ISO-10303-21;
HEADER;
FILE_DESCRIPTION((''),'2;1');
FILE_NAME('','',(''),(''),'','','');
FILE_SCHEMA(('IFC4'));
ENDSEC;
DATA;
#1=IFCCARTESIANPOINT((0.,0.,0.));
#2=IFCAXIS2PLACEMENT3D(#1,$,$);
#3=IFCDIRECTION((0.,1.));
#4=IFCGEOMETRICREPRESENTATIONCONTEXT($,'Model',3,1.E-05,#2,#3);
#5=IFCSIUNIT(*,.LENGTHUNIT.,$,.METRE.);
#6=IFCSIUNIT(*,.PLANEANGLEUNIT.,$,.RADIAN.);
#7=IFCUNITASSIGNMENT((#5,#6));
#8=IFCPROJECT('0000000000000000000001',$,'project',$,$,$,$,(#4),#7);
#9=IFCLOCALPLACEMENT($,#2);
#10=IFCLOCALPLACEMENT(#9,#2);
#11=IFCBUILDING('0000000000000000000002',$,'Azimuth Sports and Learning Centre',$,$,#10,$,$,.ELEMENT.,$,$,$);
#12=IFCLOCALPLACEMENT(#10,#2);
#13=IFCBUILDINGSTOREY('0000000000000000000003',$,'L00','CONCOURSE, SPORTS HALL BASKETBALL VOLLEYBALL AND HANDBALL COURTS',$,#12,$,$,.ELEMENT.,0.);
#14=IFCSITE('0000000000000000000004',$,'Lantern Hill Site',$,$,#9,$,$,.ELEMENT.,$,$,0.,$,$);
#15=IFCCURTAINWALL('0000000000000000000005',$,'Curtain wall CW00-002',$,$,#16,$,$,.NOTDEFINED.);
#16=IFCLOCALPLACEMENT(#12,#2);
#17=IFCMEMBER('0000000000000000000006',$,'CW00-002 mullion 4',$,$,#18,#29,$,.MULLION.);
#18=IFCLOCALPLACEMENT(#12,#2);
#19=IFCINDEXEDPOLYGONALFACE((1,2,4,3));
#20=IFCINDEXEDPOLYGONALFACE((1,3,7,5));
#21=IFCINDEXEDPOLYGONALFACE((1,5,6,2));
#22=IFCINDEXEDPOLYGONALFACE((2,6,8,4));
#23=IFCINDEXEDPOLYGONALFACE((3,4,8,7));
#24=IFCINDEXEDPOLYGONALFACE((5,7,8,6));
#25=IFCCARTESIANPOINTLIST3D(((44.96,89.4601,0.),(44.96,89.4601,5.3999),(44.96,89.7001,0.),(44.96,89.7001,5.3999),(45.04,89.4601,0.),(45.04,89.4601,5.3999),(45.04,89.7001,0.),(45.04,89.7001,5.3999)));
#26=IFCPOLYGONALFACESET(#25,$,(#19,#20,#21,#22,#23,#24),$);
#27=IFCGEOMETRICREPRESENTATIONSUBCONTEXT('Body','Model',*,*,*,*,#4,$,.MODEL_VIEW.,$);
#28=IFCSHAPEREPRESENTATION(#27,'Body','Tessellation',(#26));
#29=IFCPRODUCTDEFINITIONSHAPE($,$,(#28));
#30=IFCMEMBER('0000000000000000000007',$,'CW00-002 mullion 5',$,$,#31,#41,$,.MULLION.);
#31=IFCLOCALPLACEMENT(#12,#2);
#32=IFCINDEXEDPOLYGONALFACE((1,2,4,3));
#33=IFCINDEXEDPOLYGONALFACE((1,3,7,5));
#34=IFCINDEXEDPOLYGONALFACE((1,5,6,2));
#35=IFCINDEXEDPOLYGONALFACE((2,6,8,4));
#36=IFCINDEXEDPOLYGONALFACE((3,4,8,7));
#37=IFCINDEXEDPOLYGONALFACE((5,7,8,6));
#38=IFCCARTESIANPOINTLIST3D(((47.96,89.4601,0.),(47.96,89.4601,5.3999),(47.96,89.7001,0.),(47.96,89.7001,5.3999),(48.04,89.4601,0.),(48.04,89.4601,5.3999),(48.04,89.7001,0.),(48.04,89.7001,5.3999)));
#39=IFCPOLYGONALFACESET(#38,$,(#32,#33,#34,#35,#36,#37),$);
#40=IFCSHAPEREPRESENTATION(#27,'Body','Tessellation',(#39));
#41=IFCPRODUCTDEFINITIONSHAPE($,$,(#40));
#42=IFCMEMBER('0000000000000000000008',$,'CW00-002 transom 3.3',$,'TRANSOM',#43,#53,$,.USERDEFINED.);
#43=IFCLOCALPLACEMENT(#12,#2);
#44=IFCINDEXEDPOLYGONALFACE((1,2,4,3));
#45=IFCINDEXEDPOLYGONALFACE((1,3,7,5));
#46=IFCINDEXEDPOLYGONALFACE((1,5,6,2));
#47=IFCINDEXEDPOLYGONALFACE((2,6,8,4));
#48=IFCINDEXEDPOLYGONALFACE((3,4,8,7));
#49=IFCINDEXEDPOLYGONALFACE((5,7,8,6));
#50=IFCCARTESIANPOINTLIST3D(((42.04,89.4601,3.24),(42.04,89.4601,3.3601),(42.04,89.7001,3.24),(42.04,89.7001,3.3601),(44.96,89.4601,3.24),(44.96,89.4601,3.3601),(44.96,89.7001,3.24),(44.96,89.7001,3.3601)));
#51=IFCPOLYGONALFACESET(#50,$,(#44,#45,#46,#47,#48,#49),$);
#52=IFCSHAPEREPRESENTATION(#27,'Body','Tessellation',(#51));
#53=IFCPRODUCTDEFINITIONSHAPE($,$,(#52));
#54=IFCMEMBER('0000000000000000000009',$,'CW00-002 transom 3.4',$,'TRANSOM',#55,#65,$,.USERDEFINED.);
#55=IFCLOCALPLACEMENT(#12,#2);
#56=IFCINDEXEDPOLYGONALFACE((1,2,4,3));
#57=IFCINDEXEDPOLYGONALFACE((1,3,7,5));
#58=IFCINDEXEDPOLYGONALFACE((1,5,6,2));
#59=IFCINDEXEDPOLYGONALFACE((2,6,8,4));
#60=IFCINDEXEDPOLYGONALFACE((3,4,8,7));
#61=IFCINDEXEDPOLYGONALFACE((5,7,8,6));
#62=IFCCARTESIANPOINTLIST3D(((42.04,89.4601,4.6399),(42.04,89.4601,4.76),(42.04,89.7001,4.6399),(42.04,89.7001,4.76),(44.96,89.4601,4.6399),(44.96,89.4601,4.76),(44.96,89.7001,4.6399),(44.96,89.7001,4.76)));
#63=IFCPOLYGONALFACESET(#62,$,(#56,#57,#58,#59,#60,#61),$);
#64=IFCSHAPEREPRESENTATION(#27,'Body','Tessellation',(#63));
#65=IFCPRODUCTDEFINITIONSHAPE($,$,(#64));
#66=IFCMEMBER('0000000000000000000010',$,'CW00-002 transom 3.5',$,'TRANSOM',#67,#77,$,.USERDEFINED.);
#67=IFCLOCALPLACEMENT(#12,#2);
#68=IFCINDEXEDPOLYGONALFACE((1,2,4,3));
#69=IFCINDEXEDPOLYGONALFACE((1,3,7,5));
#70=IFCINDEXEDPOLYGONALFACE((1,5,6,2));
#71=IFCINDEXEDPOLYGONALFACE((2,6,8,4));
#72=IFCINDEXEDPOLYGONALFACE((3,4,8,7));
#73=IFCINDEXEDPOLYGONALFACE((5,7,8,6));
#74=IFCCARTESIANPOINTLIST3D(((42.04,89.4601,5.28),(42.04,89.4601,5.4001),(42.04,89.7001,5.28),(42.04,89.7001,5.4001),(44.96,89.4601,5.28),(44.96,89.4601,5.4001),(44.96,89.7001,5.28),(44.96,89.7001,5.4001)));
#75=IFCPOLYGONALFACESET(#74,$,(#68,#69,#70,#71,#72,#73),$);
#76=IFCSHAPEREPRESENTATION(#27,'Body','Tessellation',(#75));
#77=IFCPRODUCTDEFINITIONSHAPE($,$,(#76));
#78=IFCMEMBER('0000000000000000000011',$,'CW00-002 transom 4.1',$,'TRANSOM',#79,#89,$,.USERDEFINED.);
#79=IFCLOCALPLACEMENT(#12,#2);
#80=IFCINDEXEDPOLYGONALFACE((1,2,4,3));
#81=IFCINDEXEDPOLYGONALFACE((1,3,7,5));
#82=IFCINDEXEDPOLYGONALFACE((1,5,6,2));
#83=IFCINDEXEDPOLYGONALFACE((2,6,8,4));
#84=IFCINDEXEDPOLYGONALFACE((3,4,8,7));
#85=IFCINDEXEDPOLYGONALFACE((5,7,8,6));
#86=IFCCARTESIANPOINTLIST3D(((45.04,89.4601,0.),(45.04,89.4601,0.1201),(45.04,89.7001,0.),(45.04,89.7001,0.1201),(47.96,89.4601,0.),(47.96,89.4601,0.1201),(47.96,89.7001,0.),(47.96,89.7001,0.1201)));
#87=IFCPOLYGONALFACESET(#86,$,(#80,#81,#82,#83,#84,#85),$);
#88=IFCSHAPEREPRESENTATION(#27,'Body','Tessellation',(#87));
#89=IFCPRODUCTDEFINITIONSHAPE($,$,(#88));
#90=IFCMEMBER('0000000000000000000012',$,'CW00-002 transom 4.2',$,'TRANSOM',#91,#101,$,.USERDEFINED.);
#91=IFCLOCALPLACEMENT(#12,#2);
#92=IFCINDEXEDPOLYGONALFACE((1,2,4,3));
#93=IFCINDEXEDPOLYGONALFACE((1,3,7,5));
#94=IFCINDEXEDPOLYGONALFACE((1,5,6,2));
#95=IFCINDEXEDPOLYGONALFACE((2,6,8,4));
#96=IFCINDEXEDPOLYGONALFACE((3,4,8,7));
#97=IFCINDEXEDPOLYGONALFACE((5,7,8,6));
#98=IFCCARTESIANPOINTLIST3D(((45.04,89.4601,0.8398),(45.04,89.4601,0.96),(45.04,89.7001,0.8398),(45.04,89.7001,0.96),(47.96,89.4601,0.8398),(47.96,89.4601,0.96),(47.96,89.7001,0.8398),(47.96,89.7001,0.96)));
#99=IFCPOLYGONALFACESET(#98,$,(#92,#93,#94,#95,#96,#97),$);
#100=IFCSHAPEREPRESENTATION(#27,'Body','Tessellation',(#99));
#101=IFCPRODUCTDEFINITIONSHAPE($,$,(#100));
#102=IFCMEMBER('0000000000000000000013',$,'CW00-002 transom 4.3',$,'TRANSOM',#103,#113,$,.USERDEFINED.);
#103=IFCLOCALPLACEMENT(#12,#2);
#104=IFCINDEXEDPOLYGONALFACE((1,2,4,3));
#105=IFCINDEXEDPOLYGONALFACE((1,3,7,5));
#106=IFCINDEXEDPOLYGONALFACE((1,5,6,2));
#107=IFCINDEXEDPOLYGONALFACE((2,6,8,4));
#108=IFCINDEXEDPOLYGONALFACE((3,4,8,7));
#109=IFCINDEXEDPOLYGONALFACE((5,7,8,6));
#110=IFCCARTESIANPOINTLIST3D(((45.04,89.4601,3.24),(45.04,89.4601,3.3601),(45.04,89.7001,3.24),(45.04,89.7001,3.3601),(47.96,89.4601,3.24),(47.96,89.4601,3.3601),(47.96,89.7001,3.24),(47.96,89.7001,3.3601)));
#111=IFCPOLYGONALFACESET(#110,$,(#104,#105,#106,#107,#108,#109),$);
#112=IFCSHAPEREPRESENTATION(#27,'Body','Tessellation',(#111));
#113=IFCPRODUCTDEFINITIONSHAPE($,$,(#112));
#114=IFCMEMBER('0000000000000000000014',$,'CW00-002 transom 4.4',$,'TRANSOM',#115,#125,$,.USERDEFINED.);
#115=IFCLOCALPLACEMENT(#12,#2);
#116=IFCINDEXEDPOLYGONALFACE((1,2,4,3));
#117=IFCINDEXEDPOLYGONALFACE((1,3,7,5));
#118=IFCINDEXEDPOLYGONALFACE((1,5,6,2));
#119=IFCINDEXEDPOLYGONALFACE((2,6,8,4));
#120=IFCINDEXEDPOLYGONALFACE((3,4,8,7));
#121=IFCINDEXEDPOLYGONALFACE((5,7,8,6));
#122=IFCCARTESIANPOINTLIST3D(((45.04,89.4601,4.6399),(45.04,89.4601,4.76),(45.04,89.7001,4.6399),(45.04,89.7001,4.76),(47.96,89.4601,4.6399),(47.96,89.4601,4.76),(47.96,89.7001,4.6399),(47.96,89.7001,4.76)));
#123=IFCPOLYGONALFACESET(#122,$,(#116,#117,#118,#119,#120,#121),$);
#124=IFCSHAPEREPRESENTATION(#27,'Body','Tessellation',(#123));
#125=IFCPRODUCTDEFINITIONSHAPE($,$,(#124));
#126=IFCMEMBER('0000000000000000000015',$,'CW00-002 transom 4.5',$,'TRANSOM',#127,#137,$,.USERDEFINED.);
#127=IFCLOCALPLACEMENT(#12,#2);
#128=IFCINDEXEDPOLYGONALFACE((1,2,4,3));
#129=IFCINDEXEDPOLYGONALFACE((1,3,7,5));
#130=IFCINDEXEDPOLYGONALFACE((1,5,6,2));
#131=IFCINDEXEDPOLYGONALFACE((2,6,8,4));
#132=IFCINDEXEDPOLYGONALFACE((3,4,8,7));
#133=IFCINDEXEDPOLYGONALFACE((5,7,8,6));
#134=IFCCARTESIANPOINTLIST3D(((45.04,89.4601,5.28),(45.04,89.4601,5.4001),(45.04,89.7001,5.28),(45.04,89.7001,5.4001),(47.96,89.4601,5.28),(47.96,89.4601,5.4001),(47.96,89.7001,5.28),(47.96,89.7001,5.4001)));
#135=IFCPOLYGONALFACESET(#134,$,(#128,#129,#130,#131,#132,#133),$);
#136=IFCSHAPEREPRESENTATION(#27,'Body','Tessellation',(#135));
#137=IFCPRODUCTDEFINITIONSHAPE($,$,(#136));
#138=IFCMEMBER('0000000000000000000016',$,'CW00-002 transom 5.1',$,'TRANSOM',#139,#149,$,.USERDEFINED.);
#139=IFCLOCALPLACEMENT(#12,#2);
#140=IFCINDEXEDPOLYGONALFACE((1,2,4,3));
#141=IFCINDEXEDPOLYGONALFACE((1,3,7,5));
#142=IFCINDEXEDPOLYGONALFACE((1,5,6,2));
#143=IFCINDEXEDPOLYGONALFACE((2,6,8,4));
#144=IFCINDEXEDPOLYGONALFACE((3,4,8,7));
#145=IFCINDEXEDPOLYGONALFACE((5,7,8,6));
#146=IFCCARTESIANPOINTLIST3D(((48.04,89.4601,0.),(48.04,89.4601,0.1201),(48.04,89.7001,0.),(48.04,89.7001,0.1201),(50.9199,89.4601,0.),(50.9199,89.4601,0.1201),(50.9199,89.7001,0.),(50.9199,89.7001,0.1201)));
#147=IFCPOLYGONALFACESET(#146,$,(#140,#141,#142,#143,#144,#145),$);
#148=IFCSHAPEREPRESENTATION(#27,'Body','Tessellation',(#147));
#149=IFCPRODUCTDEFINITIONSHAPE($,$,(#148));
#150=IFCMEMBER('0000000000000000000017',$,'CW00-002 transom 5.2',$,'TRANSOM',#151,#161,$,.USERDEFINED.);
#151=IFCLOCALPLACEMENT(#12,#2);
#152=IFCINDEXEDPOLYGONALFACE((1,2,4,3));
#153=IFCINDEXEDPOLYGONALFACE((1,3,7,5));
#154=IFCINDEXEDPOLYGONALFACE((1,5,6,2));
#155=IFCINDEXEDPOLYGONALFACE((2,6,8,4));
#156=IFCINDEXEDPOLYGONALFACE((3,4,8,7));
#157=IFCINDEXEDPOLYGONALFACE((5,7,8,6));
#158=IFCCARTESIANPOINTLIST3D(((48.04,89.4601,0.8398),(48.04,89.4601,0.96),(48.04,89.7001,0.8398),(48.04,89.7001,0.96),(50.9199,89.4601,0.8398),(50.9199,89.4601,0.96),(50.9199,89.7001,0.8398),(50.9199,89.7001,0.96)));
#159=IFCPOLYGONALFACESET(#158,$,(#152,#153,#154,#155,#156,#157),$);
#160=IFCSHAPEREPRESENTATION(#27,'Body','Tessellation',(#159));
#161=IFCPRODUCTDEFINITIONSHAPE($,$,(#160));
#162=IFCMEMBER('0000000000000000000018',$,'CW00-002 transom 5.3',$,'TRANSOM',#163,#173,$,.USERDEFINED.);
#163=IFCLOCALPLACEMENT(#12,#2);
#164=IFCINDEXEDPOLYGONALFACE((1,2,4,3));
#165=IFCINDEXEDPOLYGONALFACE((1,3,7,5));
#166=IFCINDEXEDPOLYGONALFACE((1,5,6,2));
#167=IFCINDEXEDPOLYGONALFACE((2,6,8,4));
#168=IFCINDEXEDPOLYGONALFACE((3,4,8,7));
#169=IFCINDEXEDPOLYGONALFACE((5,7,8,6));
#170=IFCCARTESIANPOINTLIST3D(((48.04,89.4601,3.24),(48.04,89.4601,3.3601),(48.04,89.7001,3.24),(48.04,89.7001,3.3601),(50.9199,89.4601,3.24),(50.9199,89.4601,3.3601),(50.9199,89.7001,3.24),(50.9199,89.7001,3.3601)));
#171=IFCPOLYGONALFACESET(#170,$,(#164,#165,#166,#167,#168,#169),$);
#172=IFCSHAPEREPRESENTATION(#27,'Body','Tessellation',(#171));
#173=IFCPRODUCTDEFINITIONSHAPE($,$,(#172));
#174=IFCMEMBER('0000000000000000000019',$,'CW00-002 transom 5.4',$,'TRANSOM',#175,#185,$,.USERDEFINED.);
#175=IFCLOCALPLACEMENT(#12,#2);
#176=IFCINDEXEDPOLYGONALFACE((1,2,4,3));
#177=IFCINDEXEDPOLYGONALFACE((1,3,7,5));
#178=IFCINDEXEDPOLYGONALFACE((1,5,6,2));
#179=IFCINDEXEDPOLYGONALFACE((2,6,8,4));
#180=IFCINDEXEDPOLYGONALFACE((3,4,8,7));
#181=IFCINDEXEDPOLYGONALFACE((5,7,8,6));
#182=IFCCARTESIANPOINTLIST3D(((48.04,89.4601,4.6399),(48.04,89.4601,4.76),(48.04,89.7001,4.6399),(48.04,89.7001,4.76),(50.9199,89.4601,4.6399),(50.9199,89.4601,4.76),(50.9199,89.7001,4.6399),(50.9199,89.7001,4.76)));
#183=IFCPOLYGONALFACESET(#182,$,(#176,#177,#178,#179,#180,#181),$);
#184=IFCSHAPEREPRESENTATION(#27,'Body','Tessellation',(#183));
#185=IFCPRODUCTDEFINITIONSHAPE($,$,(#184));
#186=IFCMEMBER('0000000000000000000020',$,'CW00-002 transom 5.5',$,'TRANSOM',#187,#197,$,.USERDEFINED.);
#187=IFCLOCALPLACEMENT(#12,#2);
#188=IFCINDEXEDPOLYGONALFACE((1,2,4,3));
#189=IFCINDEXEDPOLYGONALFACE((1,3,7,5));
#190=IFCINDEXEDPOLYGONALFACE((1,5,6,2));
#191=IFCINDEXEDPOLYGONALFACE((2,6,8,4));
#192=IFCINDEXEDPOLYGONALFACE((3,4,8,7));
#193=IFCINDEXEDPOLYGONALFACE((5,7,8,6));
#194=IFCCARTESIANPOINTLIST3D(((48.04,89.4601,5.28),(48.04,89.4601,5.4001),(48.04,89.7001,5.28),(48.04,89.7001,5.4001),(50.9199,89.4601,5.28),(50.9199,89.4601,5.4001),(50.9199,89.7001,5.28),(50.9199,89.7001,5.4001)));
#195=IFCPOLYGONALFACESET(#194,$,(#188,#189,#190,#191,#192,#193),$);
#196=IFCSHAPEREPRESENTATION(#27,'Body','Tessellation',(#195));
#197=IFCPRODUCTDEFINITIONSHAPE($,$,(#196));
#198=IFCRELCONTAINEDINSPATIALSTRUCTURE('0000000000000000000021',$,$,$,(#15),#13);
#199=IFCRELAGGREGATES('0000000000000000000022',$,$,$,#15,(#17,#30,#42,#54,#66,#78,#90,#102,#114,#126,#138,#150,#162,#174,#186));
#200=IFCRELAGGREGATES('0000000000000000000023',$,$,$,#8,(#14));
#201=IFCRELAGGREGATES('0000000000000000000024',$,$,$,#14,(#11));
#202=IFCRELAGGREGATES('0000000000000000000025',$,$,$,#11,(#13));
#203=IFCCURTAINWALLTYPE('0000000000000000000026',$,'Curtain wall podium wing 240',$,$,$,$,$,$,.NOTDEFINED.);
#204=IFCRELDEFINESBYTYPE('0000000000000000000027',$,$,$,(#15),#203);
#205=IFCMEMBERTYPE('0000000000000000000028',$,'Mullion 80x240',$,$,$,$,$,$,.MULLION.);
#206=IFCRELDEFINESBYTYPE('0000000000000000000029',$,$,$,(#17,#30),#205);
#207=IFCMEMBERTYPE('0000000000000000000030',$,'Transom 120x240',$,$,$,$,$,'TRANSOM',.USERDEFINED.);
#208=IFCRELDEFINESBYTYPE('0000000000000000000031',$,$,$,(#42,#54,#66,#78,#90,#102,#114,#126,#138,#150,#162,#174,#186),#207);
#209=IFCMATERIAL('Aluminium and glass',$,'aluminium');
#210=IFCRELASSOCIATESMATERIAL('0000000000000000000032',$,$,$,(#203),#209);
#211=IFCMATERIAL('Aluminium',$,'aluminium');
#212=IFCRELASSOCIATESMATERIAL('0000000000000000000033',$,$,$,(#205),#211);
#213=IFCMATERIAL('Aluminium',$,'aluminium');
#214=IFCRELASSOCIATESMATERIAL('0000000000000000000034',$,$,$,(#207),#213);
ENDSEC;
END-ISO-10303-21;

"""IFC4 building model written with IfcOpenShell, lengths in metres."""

from ifc_helpers import new_model, si_unit, direction, frame, origin, origin_2d, place, context, subcontext, project, spatial, rectangle, extrude, material, material_profile, profile_set, type_object, element, aggregate, save


model = new_model("IFC4")

# Units and contexts
model_context = context("Model", 3, precision=1e-05, world=origin(), true_north=direction((0.0, 1.0)))
body_context = subcontext(model_context, "Body", "Model", "MODEL_VIEW")
ifc_project = project(units=[si_unit("LENGTHUNIT", "METRE"), si_unit("PLANEANGLEUNIT", "RADIAN")], contexts=[model_context])

# Site, building, storey
site_placement = place(None, origin())
site = spatial("IfcSite", under=ifc_project, at=site_placement, Name="Lantern Hill Site", CompositionType="ELEMENT", RefElevation=0.0)
building_placement = place(site_placement, origin())
building = spatial("IfcBuilding", under=site, at=building_placement, Name="Azimuth Sports and Learning Centre", CompositionType="ELEMENT")
storey_placement = place(building_placement, origin())
storey = spatial("IfcBuildingStorey", under=building, at=storey_placement, Name="L00", Description="CONCOURSE, SPORTS HALL BASKETBALL VOLLEYBALL AND HANDBALL COURTS", CompositionType="ELEMENT", Elevation=0.0)

# Curtain wall, members
ifc_material_1 = material(Name="Aluminium and glass", Category="aluminium")
curtain_wall_type = type_object("IfcCurtainWallType", Name="Curtain wall podium wing 240", PredefinedType="NOTDEFINED", material=ifc_material_1)
curtain_wall_placement = place(storey_placement, origin())
curtain_wall = element("IfcCurtainWall", 1, at=curtain_wall_placement, inside=storey, type_object=curtain_wall_type, Name="Curtain wall CW00-002", PredefinedType="NOTDEFINED")
ifc_material_2 = material(Name="Aluminium", Category="aluminium")
ifc_material_profile_1 = material_profile(ifc_material_2, rectangle(XDim=0.24, YDim=0.0801, at=origin_2d()), Name="Mullion 80x240")
ifc_profile_set_1 = profile_set([ifc_material_profile_1], Name="Aluminium")
member_type_1 = type_object("IfcMemberType", Name="Mullion 80x240", PredefinedType="MULLION", material=ifc_profile_set_1)
member_1_placement = place(storey_placement, frame((45.0, 89.5801, 0.0), z_axis=(0.0, 0.0, 1.0), x_axis=(0.0, 1.0, 0.0)))
member_1 = element("IfcMember", 2, at=member_1_placement, type_object=member_type_1, Name="CW00-002 mullion 4", PredefinedType="MULLION", context=body_context, shape_type="SweptSolid", body=[
    extrude(rectangle(XDim=0.24, YDim=0.0801, at=origin_2d()), origin(), (0.0, 0.0, 1.0), 5.3999),
])
member_2_placement = place(storey_placement, frame((48.0, 89.5801, 0.0), z_axis=(0.0, 0.0, 1.0), x_axis=(0.0, 1.0, 0.0)))
member_2 = element("IfcMember", 3, at=member_2_placement, type_object=member_type_1, Name="CW00-002 mullion 5", PredefinedType="MULLION", context=body_context, shape_type="SweptSolid", body=[
    extrude(rectangle(XDim=0.24, YDim=0.0801, at=origin_2d()), origin(), (0.0, 0.0, 1.0), 5.3999),
])
ifc_material_3 = material(Name="Aluminium", Category="aluminium")
ifc_material_profile_2 = material_profile(ifc_material_3, rectangle(XDim=0.24, YDim=0.1201, at=origin_2d()), Name="Transom 120x240")
ifc_profile_set_2 = profile_set([ifc_material_profile_2], Name="Aluminium")
member_type_2 = type_object("IfcMemberType", Name="Transom 120x240", ElementType="TRANSOM", PredefinedType="USERDEFINED", material=ifc_profile_set_2)
member_3_placement = place(storey_placement, frame((42.04, 89.5801, 3.3), z_axis=(1.0, 0.0, 0.0), x_axis=(0.0, 1.0, 0.0)))
member_3 = element("IfcMember", 4, at=member_3_placement, type_object=member_type_2, Name="CW00-002 transom 3.3", ObjectType="TRANSOM", PredefinedType="USERDEFINED", context=body_context, shape_type="SweptSolid", body=[
    extrude(rectangle(XDim=0.24, YDim=0.1201, at=origin_2d()), origin(), (0.0, 0.0, 1.0), 2.9199),
])
member_4_placement = place(storey_placement, frame((42.04, 89.5801, 4.7), z_axis=(1.0, 0.0, 0.0), x_axis=(0.0, 1.0, 0.0)))
member_4 = element("IfcMember", 5, at=member_4_placement, type_object=member_type_2, Name="CW00-002 transom 3.4", ObjectType="TRANSOM", PredefinedType="USERDEFINED", context=body_context, shape_type="SweptSolid", body=[
    extrude(rectangle(XDim=0.24, YDim=0.1201, at=origin_2d()), origin(), (0.0, 0.0, 1.0), 2.9199),
])
member_5_placement = place(storey_placement, frame((42.04, 89.5801, 5.3401), z_axis=(1.0, 0.0, 0.0), x_axis=(0.0, 1.0, 0.0)))
member_5 = element("IfcMember", 6, at=member_5_placement, type_object=member_type_2, Name="CW00-002 transom 3.5", ObjectType="TRANSOM", PredefinedType="USERDEFINED", context=body_context, shape_type="SweptSolid", body=[
    extrude(rectangle(XDim=0.24, YDim=0.1201, at=origin_2d()), origin(), (0.0, 0.0, 1.0), 2.9199),
])
member_6_placement = place(storey_placement, frame((45.04, 89.5801, 0.0601), z_axis=(1.0, 0.0, 0.0), x_axis=(0.0, 1.0, 0.0)))
member_6 = element("IfcMember", 7, at=member_6_placement, type_object=member_type_2, Name="CW00-002 transom 4.1", ObjectType="TRANSOM", PredefinedType="USERDEFINED", context=body_context, shape_type="SweptSolid", body=[
    extrude(rectangle(XDim=0.24, YDim=0.1201, at=origin_2d()), origin(), (0.0, 0.0, 1.0), 2.9199),
])
member_7_placement = place(storey_placement, frame((45.04, 89.5801, 0.8999), z_axis=(1.0, 0.0, 0.0), x_axis=(0.0, 1.0, 0.0)))
member_7 = element("IfcMember", 8, at=member_7_placement, type_object=member_type_2, Name="CW00-002 transom 4.2", ObjectType="TRANSOM", PredefinedType="USERDEFINED", context=body_context, shape_type="SweptSolid", body=[
    extrude(rectangle(XDim=0.24, YDim=0.1201, at=origin_2d()), origin(), (0.0, 0.0, 1.0), 2.9199),
])
member_8_placement = place(storey_placement, frame((45.04, 89.5801, 3.3), z_axis=(1.0, 0.0, 0.0), x_axis=(0.0, 1.0, 0.0)))
member_8 = element("IfcMember", 9, at=member_8_placement, type_object=member_type_2, Name="CW00-002 transom 4.3", ObjectType="TRANSOM", PredefinedType="USERDEFINED", context=body_context, shape_type="SweptSolid", body=[
    extrude(rectangle(XDim=0.24, YDim=0.1201, at=origin_2d()), origin(), (0.0, 0.0, 1.0), 2.9199),
])
member_9_placement = place(storey_placement, frame((45.04, 89.5801, 4.7), z_axis=(1.0, 0.0, 0.0), x_axis=(0.0, 1.0, 0.0)))
member_9 = element("IfcMember", 10, at=member_9_placement, type_object=member_type_2, Name="CW00-002 transom 4.4", ObjectType="TRANSOM", PredefinedType="USERDEFINED", context=body_context, shape_type="SweptSolid", body=[
    extrude(rectangle(XDim=0.24, YDim=0.1201, at=origin_2d()), origin(), (0.0, 0.0, 1.0), 2.9199),
])
member_10_placement = place(storey_placement, frame((45.04, 89.5801, 5.3401), z_axis=(1.0, 0.0, 0.0), x_axis=(0.0, 1.0, 0.0)))
member_10 = element("IfcMember", 11, at=member_10_placement, type_object=member_type_2, Name="CW00-002 transom 4.5", ObjectType="TRANSOM", PredefinedType="USERDEFINED", context=body_context, shape_type="SweptSolid", body=[
    extrude(rectangle(XDim=0.24, YDim=0.1201, at=origin_2d()), origin(), (0.0, 0.0, 1.0), 2.9199),
])
member_11_placement = place(storey_placement, frame((48.04, 89.5801, 0.0601), z_axis=(1.0, 0.0, 0.0), x_axis=(0.0, 1.0, 0.0)))
member_11 = element("IfcMember", 12, at=member_11_placement, type_object=member_type_2, Name="CW00-002 transom 5.1", ObjectType="TRANSOM", PredefinedType="USERDEFINED", context=body_context, shape_type="SweptSolid", body=[
    extrude(rectangle(XDim=0.24, YDim=0.1201, at=origin_2d()), origin(), (0.0, 0.0, 1.0), 2.8799),
])
member_12_placement = place(storey_placement, frame((48.04, 89.5801, 0.8999), z_axis=(1.0, 0.0, 0.0), x_axis=(0.0, 1.0, 0.0)))
member_12 = element("IfcMember", 13, at=member_12_placement, type_object=member_type_2, Name="CW00-002 transom 5.2", ObjectType="TRANSOM", PredefinedType="USERDEFINED", context=body_context, shape_type="SweptSolid", body=[
    extrude(rectangle(XDim=0.24, YDim=0.1201, at=origin_2d()), origin(), (0.0, 0.0, 1.0), 2.8799),
])
member_13_placement = place(storey_placement, frame((48.04, 89.5801, 3.3), z_axis=(1.0, 0.0, 0.0), x_axis=(0.0, 1.0, 0.0)))
member_13 = element("IfcMember", 14, at=member_13_placement, type_object=member_type_2, Name="CW00-002 transom 5.3", ObjectType="TRANSOM", PredefinedType="USERDEFINED", context=body_context, shape_type="SweptSolid", body=[
    extrude(rectangle(XDim=0.24, YDim=0.1201, at=origin_2d()), origin(), (0.0, 0.0, 1.0), 2.8799),
])
member_14_placement = place(storey_placement, frame((48.04, 89.5801, 4.7), z_axis=(1.0, 0.0, 0.0), x_axis=(0.0, 1.0, 0.0)))
member_14 = element("IfcMember", 15, at=member_14_placement, type_object=member_type_2, Name="CW00-002 transom 5.4", ObjectType="TRANSOM", PredefinedType="USERDEFINED", context=body_context, shape_type="SweptSolid", body=[
    extrude(rectangle(XDim=0.24, YDim=0.1201, at=origin_2d()), origin(), (0.0, 0.0, 1.0), 2.8799),
])
member_15_placement = place(storey_placement, frame((48.04, 89.5801, 5.3401), z_axis=(1.0, 0.0, 0.0), x_axis=(0.0, 1.0, 0.0)))
member_15 = element("IfcMember", 16, at=member_15_placement, type_object=member_type_2, Name="CW00-002 transom 5.5", ObjectType="TRANSOM", PredefinedType="USERDEFINED", context=body_context, shape_type="SweptSolid", body=[
    extrude(rectangle(XDim=0.24, YDim=0.1201, at=origin_2d()), origin(), (0.0, 0.0, 1.0), 2.8799),
])
aggregate(curtain_wall, [member_1, member_2, member_3, member_4, member_5, member_6, member_7, member_8, member_9, member_10, member_11, member_12, member_13, member_14, member_15])

save(model, "model.ifc")
